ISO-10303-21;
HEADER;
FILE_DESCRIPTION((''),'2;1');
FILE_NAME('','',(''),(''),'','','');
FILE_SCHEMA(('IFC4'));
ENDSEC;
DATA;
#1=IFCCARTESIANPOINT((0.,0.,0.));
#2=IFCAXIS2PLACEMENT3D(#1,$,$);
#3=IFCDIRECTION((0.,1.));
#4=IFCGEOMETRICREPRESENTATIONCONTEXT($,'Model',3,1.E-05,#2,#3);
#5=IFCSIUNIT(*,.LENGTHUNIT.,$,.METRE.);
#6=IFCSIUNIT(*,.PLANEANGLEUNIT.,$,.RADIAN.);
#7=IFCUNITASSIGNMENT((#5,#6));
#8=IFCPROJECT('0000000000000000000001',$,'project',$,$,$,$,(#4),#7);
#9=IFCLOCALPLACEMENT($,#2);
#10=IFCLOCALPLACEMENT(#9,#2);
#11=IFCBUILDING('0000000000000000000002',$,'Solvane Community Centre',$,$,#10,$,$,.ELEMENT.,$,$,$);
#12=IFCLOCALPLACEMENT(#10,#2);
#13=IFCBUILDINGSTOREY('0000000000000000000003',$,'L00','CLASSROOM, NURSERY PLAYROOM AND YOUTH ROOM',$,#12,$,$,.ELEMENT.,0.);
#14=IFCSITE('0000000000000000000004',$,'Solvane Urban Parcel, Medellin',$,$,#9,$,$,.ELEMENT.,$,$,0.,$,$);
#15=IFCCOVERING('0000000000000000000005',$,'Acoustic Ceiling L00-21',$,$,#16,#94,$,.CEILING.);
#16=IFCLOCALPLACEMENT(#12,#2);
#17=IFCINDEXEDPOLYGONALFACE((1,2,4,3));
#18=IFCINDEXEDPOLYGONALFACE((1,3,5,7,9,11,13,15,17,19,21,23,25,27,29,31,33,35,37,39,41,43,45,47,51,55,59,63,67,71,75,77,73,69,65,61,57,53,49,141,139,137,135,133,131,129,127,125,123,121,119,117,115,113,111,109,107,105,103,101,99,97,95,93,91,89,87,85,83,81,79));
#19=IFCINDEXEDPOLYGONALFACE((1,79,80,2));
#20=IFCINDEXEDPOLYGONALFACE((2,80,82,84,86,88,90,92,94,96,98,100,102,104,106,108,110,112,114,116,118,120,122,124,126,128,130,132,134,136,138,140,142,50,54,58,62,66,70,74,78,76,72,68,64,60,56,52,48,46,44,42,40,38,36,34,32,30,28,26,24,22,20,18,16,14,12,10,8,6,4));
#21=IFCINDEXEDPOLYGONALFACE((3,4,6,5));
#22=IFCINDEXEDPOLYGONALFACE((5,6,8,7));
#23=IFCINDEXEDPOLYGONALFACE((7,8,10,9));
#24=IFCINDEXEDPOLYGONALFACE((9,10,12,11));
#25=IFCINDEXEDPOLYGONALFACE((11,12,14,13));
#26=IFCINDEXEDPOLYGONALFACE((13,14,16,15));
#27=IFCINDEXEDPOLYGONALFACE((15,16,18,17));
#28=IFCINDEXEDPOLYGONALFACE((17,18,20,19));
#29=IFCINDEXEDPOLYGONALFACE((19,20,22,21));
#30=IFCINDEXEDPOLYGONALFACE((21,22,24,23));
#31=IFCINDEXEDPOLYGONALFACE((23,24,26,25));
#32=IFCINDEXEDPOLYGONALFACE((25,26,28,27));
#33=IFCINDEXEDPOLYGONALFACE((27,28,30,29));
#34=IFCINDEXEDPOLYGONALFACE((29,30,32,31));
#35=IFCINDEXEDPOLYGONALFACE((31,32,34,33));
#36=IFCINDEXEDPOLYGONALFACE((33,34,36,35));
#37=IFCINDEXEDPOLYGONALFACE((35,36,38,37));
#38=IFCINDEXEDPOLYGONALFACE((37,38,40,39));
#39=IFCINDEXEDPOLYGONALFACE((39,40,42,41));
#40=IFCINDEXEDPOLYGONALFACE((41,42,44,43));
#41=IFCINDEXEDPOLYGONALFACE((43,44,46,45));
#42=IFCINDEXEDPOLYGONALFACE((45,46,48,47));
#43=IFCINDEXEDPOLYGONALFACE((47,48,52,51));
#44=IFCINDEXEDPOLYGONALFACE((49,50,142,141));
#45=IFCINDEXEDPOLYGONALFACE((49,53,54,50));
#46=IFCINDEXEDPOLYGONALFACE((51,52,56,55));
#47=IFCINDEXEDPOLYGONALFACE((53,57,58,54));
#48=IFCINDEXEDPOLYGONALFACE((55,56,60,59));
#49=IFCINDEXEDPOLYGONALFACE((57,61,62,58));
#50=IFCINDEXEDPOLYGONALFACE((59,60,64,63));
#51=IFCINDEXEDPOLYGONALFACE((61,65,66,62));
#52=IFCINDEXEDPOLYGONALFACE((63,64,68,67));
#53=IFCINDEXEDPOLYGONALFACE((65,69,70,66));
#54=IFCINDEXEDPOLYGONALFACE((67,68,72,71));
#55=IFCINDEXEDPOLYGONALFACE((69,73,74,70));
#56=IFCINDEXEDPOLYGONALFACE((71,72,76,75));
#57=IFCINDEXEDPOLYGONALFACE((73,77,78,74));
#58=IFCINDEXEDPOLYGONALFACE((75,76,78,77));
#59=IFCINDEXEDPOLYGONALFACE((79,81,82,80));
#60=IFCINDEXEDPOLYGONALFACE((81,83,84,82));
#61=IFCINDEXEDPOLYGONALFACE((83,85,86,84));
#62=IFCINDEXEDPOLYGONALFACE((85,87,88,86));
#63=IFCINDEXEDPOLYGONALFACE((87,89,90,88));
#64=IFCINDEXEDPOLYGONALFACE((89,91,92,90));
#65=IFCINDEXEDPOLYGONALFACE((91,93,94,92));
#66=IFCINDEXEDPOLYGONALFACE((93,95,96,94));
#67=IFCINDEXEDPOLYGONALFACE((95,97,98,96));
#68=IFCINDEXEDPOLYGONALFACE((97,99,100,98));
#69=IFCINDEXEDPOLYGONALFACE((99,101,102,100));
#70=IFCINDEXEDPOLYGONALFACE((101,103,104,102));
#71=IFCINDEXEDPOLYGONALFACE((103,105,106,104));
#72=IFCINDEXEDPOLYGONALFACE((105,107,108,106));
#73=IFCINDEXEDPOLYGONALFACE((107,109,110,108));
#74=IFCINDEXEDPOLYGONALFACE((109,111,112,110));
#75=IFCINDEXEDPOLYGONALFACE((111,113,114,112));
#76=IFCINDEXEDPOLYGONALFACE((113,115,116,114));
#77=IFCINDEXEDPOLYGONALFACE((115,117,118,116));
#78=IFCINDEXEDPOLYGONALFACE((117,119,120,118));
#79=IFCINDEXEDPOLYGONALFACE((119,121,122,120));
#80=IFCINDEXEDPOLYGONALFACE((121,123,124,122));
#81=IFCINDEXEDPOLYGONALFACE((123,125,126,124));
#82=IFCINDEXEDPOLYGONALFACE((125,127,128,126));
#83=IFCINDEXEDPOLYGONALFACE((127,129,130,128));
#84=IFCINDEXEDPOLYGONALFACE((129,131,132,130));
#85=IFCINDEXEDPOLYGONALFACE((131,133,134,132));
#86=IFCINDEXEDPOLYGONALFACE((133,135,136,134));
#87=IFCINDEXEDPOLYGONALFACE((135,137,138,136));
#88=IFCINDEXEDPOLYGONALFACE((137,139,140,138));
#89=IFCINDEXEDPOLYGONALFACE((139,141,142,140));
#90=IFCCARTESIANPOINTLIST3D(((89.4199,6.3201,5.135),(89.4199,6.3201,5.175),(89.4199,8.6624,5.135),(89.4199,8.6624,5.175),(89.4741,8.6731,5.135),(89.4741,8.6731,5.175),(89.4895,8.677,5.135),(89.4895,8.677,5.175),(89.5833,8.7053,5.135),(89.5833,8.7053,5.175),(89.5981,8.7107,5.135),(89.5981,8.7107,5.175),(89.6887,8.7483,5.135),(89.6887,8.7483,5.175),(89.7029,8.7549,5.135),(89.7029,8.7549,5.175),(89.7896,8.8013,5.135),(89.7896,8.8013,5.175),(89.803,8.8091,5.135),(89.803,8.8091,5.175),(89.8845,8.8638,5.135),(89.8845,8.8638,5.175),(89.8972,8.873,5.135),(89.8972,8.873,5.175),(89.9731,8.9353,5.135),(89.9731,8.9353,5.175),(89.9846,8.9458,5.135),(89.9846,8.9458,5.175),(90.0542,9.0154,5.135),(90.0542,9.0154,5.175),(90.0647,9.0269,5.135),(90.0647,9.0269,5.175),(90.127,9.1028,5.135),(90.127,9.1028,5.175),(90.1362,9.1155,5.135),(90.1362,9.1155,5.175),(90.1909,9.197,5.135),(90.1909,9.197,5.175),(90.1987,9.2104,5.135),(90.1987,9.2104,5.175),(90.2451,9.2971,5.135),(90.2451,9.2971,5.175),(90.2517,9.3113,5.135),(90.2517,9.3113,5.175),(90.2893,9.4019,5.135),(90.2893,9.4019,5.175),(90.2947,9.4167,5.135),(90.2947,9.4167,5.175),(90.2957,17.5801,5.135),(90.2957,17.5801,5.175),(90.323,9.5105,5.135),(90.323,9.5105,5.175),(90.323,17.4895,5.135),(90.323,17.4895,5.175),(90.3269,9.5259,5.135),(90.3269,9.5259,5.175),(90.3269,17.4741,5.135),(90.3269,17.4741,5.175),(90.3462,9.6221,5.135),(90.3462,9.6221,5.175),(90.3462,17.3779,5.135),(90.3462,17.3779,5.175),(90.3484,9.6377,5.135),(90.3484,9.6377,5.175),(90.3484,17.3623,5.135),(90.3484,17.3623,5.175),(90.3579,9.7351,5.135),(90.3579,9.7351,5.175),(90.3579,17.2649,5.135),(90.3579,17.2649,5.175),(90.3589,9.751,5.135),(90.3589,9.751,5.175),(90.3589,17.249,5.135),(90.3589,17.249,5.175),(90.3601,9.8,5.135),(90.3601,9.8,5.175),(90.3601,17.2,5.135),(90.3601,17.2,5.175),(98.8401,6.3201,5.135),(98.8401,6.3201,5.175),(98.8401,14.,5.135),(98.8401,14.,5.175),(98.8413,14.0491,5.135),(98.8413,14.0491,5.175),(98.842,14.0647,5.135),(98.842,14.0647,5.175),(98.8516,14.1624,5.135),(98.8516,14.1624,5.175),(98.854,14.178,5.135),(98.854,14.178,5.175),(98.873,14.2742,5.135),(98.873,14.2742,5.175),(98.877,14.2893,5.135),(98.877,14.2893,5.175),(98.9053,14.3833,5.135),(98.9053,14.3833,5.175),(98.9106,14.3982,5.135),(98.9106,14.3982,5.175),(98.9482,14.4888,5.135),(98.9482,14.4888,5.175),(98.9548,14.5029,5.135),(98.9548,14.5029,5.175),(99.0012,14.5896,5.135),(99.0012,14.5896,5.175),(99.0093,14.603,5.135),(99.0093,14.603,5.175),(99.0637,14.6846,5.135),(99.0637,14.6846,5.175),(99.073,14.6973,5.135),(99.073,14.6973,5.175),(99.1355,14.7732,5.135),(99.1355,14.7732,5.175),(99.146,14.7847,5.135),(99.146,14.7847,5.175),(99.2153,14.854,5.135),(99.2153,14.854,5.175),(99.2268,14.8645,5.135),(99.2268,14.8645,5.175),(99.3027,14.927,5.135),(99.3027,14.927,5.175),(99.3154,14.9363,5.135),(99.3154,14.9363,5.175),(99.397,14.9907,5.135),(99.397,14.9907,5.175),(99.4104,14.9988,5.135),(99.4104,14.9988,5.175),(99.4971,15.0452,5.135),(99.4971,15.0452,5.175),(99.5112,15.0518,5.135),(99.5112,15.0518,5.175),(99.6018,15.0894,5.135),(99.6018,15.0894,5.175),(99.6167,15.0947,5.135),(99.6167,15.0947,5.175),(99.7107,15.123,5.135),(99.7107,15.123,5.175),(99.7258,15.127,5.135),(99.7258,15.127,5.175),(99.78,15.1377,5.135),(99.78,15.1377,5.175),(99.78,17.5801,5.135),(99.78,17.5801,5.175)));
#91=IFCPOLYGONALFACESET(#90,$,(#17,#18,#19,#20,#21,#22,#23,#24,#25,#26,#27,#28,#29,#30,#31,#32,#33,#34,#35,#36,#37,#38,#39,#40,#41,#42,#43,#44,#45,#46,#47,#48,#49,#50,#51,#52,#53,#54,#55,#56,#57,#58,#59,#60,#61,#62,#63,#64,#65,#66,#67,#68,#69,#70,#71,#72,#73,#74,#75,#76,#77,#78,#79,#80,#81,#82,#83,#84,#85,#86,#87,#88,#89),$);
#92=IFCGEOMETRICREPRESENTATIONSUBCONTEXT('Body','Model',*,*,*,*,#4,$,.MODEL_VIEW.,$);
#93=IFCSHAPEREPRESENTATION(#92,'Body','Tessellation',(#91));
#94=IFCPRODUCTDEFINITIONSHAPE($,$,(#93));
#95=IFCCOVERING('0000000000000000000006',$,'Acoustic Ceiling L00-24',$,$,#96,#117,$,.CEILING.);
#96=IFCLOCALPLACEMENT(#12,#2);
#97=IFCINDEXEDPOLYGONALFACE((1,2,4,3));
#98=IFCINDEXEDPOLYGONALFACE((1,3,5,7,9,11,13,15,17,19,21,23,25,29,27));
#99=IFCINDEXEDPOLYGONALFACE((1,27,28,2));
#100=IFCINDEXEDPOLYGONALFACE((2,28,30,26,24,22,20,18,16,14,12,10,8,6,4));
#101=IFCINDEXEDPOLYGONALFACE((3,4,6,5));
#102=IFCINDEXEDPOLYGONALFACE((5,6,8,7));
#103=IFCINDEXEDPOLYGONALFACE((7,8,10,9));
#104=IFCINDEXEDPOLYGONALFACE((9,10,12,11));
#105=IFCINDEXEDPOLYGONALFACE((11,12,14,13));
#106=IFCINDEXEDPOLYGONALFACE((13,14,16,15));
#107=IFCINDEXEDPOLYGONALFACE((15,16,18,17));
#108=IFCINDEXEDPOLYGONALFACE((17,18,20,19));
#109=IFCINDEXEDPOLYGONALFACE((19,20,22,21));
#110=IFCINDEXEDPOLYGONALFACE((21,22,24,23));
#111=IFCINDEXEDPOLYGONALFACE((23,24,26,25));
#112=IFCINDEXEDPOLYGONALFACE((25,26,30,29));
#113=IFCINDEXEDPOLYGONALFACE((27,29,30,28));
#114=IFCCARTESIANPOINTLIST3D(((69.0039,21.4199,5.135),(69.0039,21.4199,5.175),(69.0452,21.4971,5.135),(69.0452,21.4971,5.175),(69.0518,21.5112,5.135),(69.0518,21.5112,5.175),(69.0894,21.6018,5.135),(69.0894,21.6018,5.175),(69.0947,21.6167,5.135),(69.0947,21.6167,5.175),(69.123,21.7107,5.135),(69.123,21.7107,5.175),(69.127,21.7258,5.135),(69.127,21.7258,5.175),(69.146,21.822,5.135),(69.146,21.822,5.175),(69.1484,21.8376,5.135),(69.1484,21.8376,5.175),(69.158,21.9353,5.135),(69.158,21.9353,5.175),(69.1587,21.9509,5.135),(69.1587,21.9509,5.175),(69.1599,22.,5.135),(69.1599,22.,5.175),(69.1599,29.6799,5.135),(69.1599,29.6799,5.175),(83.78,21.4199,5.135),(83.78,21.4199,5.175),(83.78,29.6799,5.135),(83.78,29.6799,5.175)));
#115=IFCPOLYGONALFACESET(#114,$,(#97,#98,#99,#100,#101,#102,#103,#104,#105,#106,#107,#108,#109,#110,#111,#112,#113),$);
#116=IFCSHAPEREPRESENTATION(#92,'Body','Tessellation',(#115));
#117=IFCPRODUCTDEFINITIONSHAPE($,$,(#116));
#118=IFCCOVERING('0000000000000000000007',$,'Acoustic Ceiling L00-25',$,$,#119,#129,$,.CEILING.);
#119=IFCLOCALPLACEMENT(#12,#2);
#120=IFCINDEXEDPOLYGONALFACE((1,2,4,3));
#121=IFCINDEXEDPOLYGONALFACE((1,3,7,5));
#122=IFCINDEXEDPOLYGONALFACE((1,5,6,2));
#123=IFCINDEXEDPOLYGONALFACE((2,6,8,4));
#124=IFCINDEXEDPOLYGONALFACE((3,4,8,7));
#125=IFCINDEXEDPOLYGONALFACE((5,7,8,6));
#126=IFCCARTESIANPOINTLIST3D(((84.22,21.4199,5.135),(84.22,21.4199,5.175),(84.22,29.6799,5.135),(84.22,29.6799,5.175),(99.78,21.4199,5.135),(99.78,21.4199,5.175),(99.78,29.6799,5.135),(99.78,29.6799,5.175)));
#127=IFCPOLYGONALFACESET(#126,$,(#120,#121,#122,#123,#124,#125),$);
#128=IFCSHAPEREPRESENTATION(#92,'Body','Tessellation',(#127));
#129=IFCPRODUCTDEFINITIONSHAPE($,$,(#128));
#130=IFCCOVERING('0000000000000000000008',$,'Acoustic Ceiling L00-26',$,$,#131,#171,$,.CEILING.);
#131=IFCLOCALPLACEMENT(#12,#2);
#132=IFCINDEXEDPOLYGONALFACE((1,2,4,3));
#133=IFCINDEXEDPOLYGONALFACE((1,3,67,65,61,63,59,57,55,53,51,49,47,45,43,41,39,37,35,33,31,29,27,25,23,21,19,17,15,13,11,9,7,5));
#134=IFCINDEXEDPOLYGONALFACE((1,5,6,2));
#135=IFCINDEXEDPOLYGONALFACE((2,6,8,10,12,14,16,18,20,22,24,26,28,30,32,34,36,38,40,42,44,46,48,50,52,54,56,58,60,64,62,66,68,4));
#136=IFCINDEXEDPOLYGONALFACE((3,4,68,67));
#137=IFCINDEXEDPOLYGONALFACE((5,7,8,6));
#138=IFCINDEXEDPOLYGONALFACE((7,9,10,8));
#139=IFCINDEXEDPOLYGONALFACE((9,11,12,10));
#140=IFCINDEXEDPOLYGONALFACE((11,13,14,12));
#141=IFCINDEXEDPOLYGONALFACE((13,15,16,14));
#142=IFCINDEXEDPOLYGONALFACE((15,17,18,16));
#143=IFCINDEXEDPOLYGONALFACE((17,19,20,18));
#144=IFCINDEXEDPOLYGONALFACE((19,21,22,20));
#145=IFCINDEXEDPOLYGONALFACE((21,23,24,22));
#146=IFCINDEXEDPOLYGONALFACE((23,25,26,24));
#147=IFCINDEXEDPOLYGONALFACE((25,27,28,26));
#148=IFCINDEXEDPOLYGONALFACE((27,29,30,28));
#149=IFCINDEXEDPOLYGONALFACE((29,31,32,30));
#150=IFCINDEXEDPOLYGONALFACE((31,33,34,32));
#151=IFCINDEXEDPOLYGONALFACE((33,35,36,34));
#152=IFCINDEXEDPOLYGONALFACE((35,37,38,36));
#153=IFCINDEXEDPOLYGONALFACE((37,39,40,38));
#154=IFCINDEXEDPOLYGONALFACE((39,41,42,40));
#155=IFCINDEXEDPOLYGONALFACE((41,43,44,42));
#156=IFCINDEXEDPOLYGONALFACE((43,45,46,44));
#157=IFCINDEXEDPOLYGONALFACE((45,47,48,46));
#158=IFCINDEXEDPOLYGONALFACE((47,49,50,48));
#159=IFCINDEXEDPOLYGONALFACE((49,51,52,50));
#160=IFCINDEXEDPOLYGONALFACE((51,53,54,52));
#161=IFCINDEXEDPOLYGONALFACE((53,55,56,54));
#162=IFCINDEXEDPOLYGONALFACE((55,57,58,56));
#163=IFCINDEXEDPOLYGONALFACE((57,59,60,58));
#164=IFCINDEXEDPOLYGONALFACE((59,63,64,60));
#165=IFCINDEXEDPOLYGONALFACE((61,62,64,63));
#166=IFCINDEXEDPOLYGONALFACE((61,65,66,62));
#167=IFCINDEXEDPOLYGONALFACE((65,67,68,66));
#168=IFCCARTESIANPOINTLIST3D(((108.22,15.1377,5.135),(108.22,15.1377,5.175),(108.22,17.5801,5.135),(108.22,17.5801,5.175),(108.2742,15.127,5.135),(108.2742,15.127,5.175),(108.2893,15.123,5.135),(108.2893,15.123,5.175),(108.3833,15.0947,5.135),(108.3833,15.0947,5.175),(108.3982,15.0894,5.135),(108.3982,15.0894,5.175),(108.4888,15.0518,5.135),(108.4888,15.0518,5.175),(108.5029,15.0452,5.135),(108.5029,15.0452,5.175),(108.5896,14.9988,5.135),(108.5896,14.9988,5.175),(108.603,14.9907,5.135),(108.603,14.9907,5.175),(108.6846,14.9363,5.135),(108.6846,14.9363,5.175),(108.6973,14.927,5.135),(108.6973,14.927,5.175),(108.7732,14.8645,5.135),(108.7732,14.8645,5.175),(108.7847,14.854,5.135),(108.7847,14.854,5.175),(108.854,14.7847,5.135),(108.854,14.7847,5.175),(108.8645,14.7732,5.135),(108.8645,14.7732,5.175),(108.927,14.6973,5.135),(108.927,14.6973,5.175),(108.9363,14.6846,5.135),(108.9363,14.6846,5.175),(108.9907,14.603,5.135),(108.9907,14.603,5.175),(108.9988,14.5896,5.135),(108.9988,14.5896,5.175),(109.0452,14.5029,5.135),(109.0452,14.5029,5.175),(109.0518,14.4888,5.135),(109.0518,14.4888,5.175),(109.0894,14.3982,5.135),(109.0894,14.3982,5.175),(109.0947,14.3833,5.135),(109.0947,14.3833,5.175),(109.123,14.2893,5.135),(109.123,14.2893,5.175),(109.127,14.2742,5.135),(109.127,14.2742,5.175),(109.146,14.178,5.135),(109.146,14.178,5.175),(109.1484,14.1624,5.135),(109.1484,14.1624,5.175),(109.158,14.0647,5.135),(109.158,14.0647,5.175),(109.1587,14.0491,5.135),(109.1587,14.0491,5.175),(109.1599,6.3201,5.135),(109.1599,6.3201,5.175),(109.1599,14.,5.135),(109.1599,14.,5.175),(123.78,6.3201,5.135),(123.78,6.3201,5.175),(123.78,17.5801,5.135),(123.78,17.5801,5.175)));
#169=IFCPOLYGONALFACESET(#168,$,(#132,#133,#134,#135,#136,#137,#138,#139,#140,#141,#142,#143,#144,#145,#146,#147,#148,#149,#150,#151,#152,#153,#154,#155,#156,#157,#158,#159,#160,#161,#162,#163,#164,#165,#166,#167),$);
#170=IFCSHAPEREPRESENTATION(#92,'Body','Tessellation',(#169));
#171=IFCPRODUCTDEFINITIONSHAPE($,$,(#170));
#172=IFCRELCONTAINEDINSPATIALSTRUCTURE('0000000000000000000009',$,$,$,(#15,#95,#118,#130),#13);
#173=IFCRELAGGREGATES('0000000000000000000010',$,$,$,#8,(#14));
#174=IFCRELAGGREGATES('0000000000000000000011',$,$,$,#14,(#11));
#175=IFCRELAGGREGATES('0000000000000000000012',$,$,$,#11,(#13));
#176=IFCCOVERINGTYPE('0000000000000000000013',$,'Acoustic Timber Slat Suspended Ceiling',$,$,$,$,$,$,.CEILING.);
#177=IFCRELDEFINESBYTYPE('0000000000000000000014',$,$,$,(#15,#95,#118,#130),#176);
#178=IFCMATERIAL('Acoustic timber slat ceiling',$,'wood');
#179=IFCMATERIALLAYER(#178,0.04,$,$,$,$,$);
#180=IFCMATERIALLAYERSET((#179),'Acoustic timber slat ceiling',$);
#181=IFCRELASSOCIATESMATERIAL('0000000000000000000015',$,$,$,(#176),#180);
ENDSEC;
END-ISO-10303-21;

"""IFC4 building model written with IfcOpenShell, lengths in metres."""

from ifc_helpers import new_model, si_unit, direction, frame, origin, place, context, subcontext, project, spatial, polyline, outline, extrude, material, layer, layer_set, type_object, element, save


model = new_model("IFC4")

# Units and contexts
model_context = context("Model", 3, precision=1e-05, world=origin(), true_north=direction((0.0, 1.0)))
body_context = subcontext(model_context, "Body", "Model", "MODEL_VIEW")
ifc_project = project(units=[si_unit("LENGTHUNIT", "METRE"), si_unit("PLANEANGLEUNIT", "RADIAN")], contexts=[model_context])

# Site, building, storey
site_placement = place(None, origin())
site = spatial("IfcSite", under=ifc_project, at=site_placement, Name="Solvane Urban Parcel, Medellin", CompositionType="ELEMENT", RefElevation=0.0)
building_placement = place(site_placement, origin())
building = spatial("IfcBuilding", under=site, at=building_placement, Name="Solvane Community Centre", CompositionType="ELEMENT")
storey_placement = place(building_placement, origin())
storey = spatial("IfcBuildingStorey", under=building, at=storey_placement, Name="L00", Description="CLASSROOM, NURSERY PLAYROOM AND YOUTH ROOM", CompositionType="ELEMENT", Elevation=0.0)

# Coverings
ifc_material_1 = material(Name="Acoustic timber slat ceiling", Category="wood")
ifc_layer_1 = layer(ifc_material_1, 0.04)
ifc_layer_set_1 = layer_set([ifc_layer_1], Name="Acoustic timber slat ceiling")
covering_type = type_object("IfcCoveringType", Name="Acoustic Timber Slat Suspended Ceiling", PredefinedType="CEILING", material=ifc_layer_set_1)
covering_1_placement = place(storey_placement, frame((0.0, 0.0, 5.135)))
element("IfcCovering", 1, at=covering_1_placement, inside=storey, type_object=covering_type, Name="Acoustic Ceiling L00-21", PredefinedType="CEILING", context=body_context, shape_type="SweptSolid", body=[
    extrude(outline(polyline([(99.78, 17.5801), (99.78, 15.1377), (99.7258, 15.127), (99.7107, 15.123), (99.6167, 15.0947), (99.6018, 15.0894), (99.5112, 15.0518), (99.4971, 15.0452), (99.4104, 14.9988), (99.397, 14.9907), (99.3154, 14.9363), (99.3027, 14.927), (99.2268, 14.8645), (99.2153, 14.854), (99.146, 14.7847), (99.1355, 14.7732), (99.073, 14.6973), (99.0637, 14.6846), (99.0093, 14.603), (99.0012, 14.5896), (98.9548, 14.5029), (98.9482, 14.4888), (98.9106, 14.3982), (98.9053, 14.3833), (98.877, 14.2893), (98.873, 14.2742), (98.854, 14.178), (98.8516, 14.1624), (98.842, 14.0647), (98.8413, 14.0491), (98.8401, 14.0), (98.8401, 6.3201), (89.4199, 6.3201), (89.4199, 8.6624), (89.4741, 8.6731), (89.4895, 8.677), (89.5833, 8.7053), (89.5981, 8.7107), (89.6887, 8.7483), (89.7029, 8.7549), (89.7896, 8.8013), (89.803, 8.8091), (89.8845, 8.8638), (89.8972, 8.873), (89.9731, 8.9353), (89.9846, 8.9458), (90.0542, 9.0154), (90.0647, 9.0269), (90.127, 9.1028), (90.1362, 9.1155), (90.1909, 9.197), (90.1987, 9.2104), (90.2451, 9.2971), (90.2517, 9.3113), (90.2893, 9.4019), (90.2947, 9.4167), (90.323, 9.5105), (90.3269, 9.5259), (90.3462, 9.6221), (90.3484, 9.6377), (90.3579, 9.7351), (90.3589, 9.751), (90.3601, 9.8), (90.3601, 17.2), (90.3589, 17.249), (90.3579, 17.2649), (90.3484, 17.3623), (90.3462, 17.3779), (90.3269, 17.4741), (90.323, 17.4895), (90.2957, 17.5801), (99.78, 17.5801)])), origin(), (0.0, 0.0, 1.0), 0.04),
])
covering_2_placement = place(storey_placement, frame((0.0, 0.0, 5.135)))
element("IfcCovering", 2, at=covering_2_placement, inside=storey, type_object=covering_type, Name="Acoustic Ceiling L00-24", PredefinedType="CEILING", context=body_context, shape_type="SweptSolid", body=[
    extrude(outline(polyline([(83.78, 29.6799), (83.78, 21.4199), (69.0039, 21.4199), (69.0452, 21.4971), (69.0518, 21.5112), (69.0894, 21.6018), (69.0947, 21.6167), (69.123, 21.7107), (69.127, 21.7258), (69.146, 21.822), (69.1484, 21.8376), (69.158, 21.9353), (69.1587, 21.9509), (69.1599, 22.0), (69.1599, 29.6799), (83.78, 29.6799)])), origin(), (0.0, 0.0, 1.0), 0.04),
])
covering_3_placement = place(storey_placement, frame((0.0, 0.0, 5.135)))
element("IfcCovering", 3, at=covering_3_placement, inside=storey, type_object=covering_type, Name="Acoustic Ceiling L00-25", PredefinedType="CEILING", context=body_context, shape_type="SweptSolid", body=[
    extrude(outline(polyline([(84.22, 21.4199), (84.22, 29.6799), (99.78, 29.6799), (99.78, 21.4199), (84.22, 21.4199)])), origin(), (0.0, 0.0, 1.0), 0.04),
])
covering_4_placement = place(storey_placement, frame((0.0, 0.0, 5.135)))
element("IfcCovering", 4, at=covering_4_placement, inside=storey, type_object=covering_type, Name="Acoustic Ceiling L00-26", PredefinedType="CEILING", context=body_context, shape_type="SweptSolid", body=[
    extrude(outline(polyline([(108.22, 17.5801), (123.78, 17.5801), (123.78, 6.3201), (109.1599, 6.3201), (109.1599, 14.0), (109.1587, 14.0491), (109.158, 14.0647), (109.1484, 14.1624), (109.146, 14.178), (109.127, 14.2742), (109.123, 14.2893), (109.0947, 14.3833), (109.0894, 14.3982), (109.0518, 14.4888), (109.0452, 14.5029), (108.9988, 14.5896), (108.9907, 14.603), (108.9363, 14.6846), (108.927, 14.6973), (108.8645, 14.7732), (108.854, 14.7847), (108.7847, 14.854), (108.7732, 14.8645), (108.6973, 14.927), (108.6846, 14.9363), (108.603, 14.9907), (108.5896, 14.9988), (108.5029, 15.0452), (108.4888, 15.0518), (108.3982, 15.0894), (108.3833, 15.0947), (108.2893, 15.123), (108.2742, 15.127), (108.22, 15.1377), (108.22, 17.5801)])), origin(), (0.0, 0.0, 1.0), 0.04),
])

save(model, "model.ifc")
